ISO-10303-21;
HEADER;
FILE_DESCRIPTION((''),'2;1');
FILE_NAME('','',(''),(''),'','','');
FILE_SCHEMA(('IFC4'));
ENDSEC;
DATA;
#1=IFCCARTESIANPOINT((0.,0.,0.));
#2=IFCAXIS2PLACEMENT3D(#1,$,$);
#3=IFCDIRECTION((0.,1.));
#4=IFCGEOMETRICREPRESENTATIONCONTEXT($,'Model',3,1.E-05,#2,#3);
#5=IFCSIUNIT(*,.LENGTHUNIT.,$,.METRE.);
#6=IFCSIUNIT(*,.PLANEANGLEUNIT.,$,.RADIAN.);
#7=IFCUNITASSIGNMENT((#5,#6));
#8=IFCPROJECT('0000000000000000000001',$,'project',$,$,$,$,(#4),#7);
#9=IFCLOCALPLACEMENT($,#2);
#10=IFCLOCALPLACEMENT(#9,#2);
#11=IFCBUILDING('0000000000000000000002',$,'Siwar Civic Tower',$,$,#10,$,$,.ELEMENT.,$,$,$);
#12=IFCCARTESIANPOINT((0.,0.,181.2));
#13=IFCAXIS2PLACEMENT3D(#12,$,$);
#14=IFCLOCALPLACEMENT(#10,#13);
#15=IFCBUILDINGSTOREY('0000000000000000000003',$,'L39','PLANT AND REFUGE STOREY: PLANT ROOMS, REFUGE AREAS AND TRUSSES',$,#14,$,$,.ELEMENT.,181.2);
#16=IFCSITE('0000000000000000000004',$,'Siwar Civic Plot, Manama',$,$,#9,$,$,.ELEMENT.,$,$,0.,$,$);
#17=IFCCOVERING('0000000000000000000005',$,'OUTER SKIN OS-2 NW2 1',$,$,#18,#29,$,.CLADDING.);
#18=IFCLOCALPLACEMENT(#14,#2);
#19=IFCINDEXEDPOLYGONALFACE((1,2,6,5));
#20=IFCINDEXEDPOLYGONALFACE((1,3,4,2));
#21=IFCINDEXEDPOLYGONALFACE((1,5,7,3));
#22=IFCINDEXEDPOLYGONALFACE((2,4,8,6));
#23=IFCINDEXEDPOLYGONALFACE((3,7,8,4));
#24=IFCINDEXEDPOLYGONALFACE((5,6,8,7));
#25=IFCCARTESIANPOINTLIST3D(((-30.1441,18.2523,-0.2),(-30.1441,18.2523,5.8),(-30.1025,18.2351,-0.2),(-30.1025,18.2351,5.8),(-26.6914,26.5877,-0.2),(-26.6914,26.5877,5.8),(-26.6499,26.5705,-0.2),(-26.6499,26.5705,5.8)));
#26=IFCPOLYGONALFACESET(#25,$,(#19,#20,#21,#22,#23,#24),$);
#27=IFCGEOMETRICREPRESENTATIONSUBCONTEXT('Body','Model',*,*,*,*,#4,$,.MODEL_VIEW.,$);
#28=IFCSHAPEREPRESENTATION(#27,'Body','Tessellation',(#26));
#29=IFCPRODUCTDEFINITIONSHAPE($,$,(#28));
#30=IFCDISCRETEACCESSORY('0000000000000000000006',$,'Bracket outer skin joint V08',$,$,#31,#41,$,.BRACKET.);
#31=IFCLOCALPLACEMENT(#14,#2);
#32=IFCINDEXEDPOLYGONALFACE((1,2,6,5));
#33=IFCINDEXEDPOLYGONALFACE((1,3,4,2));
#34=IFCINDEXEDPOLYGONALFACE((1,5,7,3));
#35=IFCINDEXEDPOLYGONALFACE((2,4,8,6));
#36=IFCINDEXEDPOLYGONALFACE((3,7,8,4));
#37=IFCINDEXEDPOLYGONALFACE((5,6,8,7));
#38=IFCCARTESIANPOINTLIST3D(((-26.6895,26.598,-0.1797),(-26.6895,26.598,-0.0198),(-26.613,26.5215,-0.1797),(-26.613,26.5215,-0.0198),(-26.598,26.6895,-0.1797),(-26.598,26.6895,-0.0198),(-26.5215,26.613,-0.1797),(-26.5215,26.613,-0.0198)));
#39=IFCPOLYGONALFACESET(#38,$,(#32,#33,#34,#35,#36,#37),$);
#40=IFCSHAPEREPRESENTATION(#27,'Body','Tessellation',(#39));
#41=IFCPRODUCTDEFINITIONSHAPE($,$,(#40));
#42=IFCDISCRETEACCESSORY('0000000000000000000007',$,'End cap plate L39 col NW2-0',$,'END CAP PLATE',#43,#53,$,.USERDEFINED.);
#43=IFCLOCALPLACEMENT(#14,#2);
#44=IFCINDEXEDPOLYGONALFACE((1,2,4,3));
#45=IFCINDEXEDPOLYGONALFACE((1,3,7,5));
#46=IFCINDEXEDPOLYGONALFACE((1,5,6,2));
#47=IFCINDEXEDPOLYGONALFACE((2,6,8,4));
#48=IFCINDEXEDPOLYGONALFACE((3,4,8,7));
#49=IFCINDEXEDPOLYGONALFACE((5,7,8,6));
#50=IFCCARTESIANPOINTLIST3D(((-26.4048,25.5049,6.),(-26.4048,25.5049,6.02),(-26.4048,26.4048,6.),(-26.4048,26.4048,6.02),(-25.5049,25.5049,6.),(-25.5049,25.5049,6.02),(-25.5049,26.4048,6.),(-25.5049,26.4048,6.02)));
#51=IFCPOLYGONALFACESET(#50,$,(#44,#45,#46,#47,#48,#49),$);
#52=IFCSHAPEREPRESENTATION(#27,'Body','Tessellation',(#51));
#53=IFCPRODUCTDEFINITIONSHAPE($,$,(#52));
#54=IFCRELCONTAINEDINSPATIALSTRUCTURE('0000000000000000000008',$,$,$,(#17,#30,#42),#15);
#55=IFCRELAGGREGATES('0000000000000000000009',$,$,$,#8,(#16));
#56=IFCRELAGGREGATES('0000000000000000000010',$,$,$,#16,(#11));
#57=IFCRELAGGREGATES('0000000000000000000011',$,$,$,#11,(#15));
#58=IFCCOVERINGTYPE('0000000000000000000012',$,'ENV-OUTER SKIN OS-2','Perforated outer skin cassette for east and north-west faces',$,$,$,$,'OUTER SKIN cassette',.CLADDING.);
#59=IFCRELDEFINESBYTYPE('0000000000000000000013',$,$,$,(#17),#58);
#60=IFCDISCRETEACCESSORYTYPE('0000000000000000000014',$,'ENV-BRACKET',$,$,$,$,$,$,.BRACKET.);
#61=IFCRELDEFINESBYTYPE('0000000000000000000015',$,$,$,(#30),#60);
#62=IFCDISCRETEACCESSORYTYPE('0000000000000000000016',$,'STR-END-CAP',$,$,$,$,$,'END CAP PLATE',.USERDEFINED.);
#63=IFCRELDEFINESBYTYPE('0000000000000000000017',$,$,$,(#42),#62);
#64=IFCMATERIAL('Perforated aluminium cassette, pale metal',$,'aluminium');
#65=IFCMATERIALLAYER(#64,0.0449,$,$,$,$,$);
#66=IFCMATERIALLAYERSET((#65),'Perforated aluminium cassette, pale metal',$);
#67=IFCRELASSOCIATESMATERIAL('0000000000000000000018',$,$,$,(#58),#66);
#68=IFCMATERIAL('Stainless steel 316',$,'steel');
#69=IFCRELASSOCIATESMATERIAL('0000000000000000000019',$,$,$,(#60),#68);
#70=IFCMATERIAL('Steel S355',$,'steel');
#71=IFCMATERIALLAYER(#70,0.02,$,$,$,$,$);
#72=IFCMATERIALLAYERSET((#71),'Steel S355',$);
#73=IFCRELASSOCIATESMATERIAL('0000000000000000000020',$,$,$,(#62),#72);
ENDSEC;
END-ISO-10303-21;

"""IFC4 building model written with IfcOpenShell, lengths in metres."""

from ifc_helpers import new_model, si_unit, direction, frame, origin, origin_2d, place, context, subcontext, project, spatial, rectangle, extrude, material, layer, layer_set, type_object, element, save


model = new_model("IFC4")

# Units and contexts
model_context = context("Model", 3, precision=1e-05, world=origin(), true_north=direction((0.0, 1.0)))
body_context = subcontext(model_context, "Body", "Model", "MODEL_VIEW")
ifc_project = project(units=[si_unit("LENGTHUNIT", "METRE"), si_unit("PLANEANGLEUNIT", "RADIAN")], contexts=[model_context])

# Site, building, storey
site_placement = place(None, origin())
site = spatial("IfcSite", under=ifc_project, at=site_placement, Name="Siwar Civic Plot, Manama", CompositionType="ELEMENT", RefElevation=0.0)
building_placement = place(site_placement, origin())
building = spatial("IfcBuilding", under=site, at=building_placement, Name="Siwar Civic Tower", CompositionType="ELEMENT")
storey_placement = place(building_placement, frame((0.0, 0.0, 181.2)))
storey = spatial("IfcBuildingStorey", under=building, at=storey_placement, Name="L39", Description="PLANT AND REFUGE STOREY: PLANT ROOMS, REFUGE AREAS AND TRUSSES", CompositionType="ELEMENT", Elevation=181.2)

# Covering
ifc_material_1 = material(Name="Perforated aluminium cassette, pale metal", Category="aluminium")
ifc_layer_1 = layer(ifc_material_1, 0.0449)
ifc_layer_set_1 = layer_set([ifc_layer_1], Name="Perforated aluminium cassette, pale metal")
covering_type_1 = type_object("IfcCoveringType", Name="ENV-OUTER SKIN OS-2", Description="Perforated outer skin cassette for east and north-west faces", ElementType="OUTER SKIN cassette", PredefinedType="CLADDING", material=ifc_layer_set_1)
covering_1_placement = place(storey_placement, frame((-28.397, 22.4114, -0.2), z_axis=(0.0, 0.0, 1.0), x_axis=(-0.382683, -0.92388, 0.0)))
element("IfcCovering", 1, at=covering_1_placement, inside=storey, type_object=covering_type_1, Name="OUTER SKIN OS-2 NW2 1", PredefinedType="CLADDING", context=body_context, shape_type="SweptSolid", body=[
    extrude(rectangle(XDim=9.0222, YDim=0.0449, at=origin_2d()), origin(), (0.0, 0.0, 1.0), 6.0),
])

# Discrete accessories
ifc_material_2 = material(Name="Stainless steel 316", Category="steel")
discrete_accessory_type_1 = type_object("IfcDiscreteAccessoryType", Name="ENV-BRACKET", PredefinedType="BRACKET", material=ifc_material_2)
discrete_accessory_1_placement = place(storey_placement, frame((-26.6055, 26.6055, -0.1797), z_axis=(0.0, 0.0, 1.0), x_axis=(-0.707107, 0.707107, 0.0)))
element("IfcDiscreteAccessory", 2, at=discrete_accessory_1_placement, inside=storey, type_object=discrete_accessory_type_1, Name="Bracket outer skin joint V08", PredefinedType="BRACKET", context=body_context, shape_type="SweptSolid", body=[
    extrude(rectangle(XDim=0.1082, YDim=0.1294, at=origin_2d()), origin(), (0.0, 0.0, 1.0), 0.1599),
])
ifc_material_3 = material(Name="Steel S355", Category="steel")
ifc_layer_2 = layer(ifc_material_3, 0.02)
ifc_layer_set_2 = layer_set([ifc_layer_2], Name="Steel S355")
discrete_accessory_type_2 = type_object("IfcDiscreteAccessoryType", Name="STR-END-CAP", ElementType="END CAP PLATE", PredefinedType="USERDEFINED", material=ifc_layer_set_2)
discrete_accessory_2_placement = place(storey_placement, frame((-25.9548, 25.9548, 6.0), z_axis=(0.0, 0.0, 1.0), x_axis=(1.0, 0.0, 0.0)))
element("IfcDiscreteAccessory", 3, at=discrete_accessory_2_placement, inside=storey, type_object=discrete_accessory_type_2, Name="End cap plate L39 col NW2-0", ObjectType="END CAP PLATE", PredefinedType="USERDEFINED", context=body_context, shape_type="SweptSolid", body=[
    extrude(rectangle(XDim=0.8999, YDim=0.8999, at=origin_2d()), origin(), (0.0, 0.0, 1.0), 0.02),
])

save(model, "model.ifc")
